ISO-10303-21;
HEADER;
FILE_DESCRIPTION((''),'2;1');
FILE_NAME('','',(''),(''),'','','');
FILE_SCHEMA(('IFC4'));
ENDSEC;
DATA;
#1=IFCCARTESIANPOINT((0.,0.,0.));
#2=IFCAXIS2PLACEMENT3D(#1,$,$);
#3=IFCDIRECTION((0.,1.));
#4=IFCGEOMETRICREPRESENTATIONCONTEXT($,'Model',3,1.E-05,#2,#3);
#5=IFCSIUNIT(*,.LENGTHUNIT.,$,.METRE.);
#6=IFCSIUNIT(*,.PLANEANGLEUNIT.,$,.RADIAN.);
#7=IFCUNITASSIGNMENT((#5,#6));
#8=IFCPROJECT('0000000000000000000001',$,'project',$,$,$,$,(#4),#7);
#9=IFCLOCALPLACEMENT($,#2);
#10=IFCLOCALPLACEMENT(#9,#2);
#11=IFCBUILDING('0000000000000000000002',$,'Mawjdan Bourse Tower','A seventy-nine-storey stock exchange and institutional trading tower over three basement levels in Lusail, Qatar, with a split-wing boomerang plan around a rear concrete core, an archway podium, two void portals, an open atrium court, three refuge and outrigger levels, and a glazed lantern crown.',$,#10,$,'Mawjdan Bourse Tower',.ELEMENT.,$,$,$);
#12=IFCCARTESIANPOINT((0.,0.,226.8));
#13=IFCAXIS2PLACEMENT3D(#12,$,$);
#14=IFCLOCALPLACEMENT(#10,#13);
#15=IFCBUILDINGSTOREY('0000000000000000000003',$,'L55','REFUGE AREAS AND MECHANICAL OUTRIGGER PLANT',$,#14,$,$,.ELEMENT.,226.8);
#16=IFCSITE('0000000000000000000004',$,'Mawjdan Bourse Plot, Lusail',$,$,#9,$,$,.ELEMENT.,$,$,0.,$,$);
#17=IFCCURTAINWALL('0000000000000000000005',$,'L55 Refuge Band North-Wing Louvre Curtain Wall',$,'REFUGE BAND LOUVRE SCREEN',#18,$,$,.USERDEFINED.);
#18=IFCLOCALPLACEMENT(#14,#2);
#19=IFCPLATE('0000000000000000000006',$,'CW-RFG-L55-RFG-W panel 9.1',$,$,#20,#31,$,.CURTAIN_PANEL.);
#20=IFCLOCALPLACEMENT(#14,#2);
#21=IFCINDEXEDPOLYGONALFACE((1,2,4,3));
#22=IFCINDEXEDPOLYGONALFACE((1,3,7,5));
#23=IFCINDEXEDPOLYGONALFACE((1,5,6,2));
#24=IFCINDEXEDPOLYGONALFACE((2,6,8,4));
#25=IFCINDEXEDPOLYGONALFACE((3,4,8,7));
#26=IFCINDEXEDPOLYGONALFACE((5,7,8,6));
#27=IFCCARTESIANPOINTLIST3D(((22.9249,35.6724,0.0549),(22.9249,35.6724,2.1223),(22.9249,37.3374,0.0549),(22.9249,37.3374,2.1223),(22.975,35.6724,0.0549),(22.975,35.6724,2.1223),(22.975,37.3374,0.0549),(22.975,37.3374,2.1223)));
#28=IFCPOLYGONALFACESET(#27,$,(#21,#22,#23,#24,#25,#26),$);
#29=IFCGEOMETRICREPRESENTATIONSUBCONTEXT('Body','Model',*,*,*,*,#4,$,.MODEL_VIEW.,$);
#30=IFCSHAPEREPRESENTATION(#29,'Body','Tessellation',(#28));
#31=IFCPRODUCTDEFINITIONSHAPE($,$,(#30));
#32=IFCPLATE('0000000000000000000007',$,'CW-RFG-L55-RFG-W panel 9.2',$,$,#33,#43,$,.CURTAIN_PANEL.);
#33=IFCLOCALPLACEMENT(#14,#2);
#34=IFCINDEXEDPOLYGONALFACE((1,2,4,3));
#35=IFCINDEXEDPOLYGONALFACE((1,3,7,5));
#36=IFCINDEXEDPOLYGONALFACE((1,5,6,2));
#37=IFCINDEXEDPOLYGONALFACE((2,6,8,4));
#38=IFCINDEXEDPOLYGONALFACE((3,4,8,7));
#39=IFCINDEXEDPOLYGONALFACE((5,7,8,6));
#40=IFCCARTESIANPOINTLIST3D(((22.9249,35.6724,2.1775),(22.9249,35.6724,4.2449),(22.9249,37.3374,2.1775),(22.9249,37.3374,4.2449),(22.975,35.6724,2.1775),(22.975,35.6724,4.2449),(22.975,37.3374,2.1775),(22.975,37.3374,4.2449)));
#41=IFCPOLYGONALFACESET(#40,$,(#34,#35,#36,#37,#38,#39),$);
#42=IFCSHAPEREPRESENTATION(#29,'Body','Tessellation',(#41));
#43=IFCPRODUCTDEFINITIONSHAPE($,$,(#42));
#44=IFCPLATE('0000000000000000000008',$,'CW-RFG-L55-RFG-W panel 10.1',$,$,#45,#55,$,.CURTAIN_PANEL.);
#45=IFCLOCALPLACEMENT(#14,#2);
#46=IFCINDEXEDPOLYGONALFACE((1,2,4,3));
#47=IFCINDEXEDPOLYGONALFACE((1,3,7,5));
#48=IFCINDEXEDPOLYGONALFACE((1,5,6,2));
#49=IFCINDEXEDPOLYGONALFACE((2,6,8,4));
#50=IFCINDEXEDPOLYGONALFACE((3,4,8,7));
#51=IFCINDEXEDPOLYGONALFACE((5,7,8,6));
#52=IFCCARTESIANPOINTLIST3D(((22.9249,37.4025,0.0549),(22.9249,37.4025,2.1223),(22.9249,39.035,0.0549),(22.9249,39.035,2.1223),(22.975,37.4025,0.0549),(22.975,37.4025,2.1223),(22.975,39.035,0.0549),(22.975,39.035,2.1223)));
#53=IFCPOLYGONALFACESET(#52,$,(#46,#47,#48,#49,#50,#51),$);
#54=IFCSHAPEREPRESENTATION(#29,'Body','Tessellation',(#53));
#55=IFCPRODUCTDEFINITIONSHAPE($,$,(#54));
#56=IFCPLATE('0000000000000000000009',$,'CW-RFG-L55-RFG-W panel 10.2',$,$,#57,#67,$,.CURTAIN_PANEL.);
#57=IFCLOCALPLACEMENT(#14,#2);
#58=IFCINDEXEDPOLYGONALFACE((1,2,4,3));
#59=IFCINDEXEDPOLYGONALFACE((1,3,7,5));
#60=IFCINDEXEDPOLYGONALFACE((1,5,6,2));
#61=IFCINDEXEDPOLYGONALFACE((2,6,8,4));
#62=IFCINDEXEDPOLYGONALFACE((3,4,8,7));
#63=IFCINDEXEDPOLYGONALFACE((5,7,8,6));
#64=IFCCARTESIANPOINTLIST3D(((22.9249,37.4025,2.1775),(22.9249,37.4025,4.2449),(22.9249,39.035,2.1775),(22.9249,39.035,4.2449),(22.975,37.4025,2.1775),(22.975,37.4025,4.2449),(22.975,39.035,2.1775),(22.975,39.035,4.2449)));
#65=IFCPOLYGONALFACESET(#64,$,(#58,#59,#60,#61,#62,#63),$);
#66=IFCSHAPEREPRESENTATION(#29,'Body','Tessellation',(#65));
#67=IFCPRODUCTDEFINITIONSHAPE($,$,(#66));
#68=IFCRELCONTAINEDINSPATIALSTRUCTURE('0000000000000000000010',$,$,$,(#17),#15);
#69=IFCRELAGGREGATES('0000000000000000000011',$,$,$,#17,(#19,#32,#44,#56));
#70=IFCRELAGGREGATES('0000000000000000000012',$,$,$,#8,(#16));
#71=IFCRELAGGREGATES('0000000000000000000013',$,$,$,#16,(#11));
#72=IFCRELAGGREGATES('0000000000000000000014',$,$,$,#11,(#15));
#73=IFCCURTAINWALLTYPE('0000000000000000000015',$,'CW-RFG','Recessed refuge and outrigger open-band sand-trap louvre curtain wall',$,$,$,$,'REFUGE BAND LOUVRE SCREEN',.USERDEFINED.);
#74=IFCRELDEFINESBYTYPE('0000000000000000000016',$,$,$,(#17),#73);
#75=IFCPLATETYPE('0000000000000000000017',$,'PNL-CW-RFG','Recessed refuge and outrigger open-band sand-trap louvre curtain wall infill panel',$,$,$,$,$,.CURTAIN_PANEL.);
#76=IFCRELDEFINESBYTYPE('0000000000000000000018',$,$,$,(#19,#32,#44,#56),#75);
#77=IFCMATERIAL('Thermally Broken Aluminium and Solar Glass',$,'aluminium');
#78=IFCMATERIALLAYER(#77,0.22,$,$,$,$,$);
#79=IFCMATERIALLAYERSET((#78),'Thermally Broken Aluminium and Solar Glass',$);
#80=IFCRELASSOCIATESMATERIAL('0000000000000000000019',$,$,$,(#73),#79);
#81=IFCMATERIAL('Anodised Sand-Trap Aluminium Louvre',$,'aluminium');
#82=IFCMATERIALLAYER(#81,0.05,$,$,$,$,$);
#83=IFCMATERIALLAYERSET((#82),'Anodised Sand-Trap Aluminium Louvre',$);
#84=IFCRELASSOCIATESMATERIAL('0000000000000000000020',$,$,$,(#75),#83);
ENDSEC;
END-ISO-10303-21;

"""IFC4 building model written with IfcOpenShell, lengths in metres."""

from ifc_helpers import new_model, si_unit, direction, frame, origin, origin_2d, place, context, subcontext, project, spatial, rectangle, extrude, material, layer, layer_set, type_object, element, aggregate, save


model = new_model("IFC4")

# Units and contexts
model_context = context("Model", 3, precision=1e-05, world=origin(), true_north=direction((0.0, 1.0)))
body_context = subcontext(model_context, "Body", "Model", "MODEL_VIEW")
ifc_project = project(units=[si_unit("LENGTHUNIT", "METRE"), si_unit("PLANEANGLEUNIT", "RADIAN")], contexts=[model_context])

# Site, building, storey
site_placement = place(None, origin())
site = spatial("IfcSite", under=ifc_project, at=site_placement, Name="Mawjdan Bourse Plot, Lusail", CompositionType="ELEMENT", RefElevation=0.0)
building_placement = place(site_placement, origin())
building = spatial("IfcBuilding", under=site, at=building_placement, Name="Mawjdan Bourse Tower", Description="A seventy-nine-storey stock exchange and institutional trading tower over three basement levels in Lusail, Qatar, with a split-wing boomerang plan around a rear concrete core, an archway podium, two void portals, an open atrium court, three refuge and outrigger levels, and a glazed lantern crown.", LongName="Mawjdan Bourse Tower", CompositionType="ELEMENT")
storey_placement = place(building_placement, frame((0.0, 0.0, 226.8)))
storey = spatial("IfcBuildingStorey", under=building, at=storey_placement, Name="L55", Description="REFUGE AREAS AND MECHANICAL OUTRIGGER PLANT", CompositionType="ELEMENT", Elevation=226.8)

# Curtain wall
ifc_material_1 = material(Name="Thermally Broken Aluminium and Solar Glass", Category="aluminium")
ifc_layer_1 = layer(ifc_material_1, 0.22)
ifc_layer_set_1 = layer_set([ifc_layer_1], Name="Thermally Broken Aluminium and Solar Glass")
curtain_wall_type = type_object("IfcCurtainWallType", Name="CW-RFG", Description="Recessed refuge and outrigger open-band sand-trap louvre curtain wall", ElementType="REFUGE BAND LOUVRE SCREEN", PredefinedType="USERDEFINED", material=ifc_layer_set_1)
curtain_wall_placement = place(storey_placement, origin())
curtain_wall = element("IfcCurtainWall", 1, at=curtain_wall_placement, inside=storey, type_object=curtain_wall_type, Name="L55 Refuge Band North-Wing Louvre Curtain Wall", ObjectType="REFUGE BAND LOUVRE SCREEN", PredefinedType="USERDEFINED")

# Plates
ifc_material_2 = material(Name="Anodised Sand-Trap Aluminium Louvre", Category="aluminium")
ifc_layer_2 = layer(ifc_material_2, 0.05)
ifc_layer_set_2 = layer_set([ifc_layer_2], Name="Anodised Sand-Trap Aluminium Louvre")
plate_type = type_object("IfcPlateType", Name="PNL-CW-RFG", Description="Recessed refuge and outrigger open-band sand-trap louvre curtain wall infill panel", PredefinedType="CURTAIN_PANEL", material=ifc_layer_set_2)
plate_1_placement = place(storey_placement, frame((22.95, 36.5049, 0.0549), z_axis=(0.0, 0.0, 1.0), x_axis=(0.0, 1.0, 0.0)))
plate_1 = element("IfcPlate", 2, at=plate_1_placement, type_object=plate_type, Name="CW-RFG-L55-RFG-W panel 9.1", PredefinedType="CURTAIN_PANEL", context=body_context, shape_type="SweptSolid", body=[
    extrude(rectangle(XDim=1.665, YDim=0.05, at=origin_2d()), origin(), (0.0, 0.0, 1.0), 2.0674),
])
plate_2_placement = place(storey_placement, frame((22.95, 36.5049, 2.1775), z_axis=(0.0, 0.0, 1.0), x_axis=(0.0, 1.0, 0.0)))
plate_2 = element("IfcPlate", 3, at=plate_2_placement, type_object=plate_type, Name="CW-RFG-L55-RFG-W panel 9.2", PredefinedType="CURTAIN_PANEL", context=body_context, shape_type="SweptSolid", body=[
    extrude(rectangle(XDim=1.665, YDim=0.05, at=origin_2d()), origin(), (0.0, 0.0, 1.0), 2.0674),
])
plate_3_placement = place(storey_placement, frame((22.95, 38.2188, 0.0549), z_axis=(0.0, 0.0, 1.0), x_axis=(0.0, 1.0, 0.0)))
plate_3 = element("IfcPlate", 4, at=plate_3_placement, type_object=plate_type, Name="CW-RFG-L55-RFG-W panel 10.1", PredefinedType="CURTAIN_PANEL", context=body_context, shape_type="SweptSolid", body=[
    extrude(rectangle(XDim=1.6326, YDim=0.05, at=origin_2d()), origin(), (0.0, 0.0, 1.0), 2.0674),
])
plate_4_placement = place(storey_placement, frame((22.95, 38.2188, 2.1775), z_axis=(0.0, 0.0, 1.0), x_axis=(0.0, 1.0, 0.0)))
plate_4 = element("IfcPlate", 5, at=plate_4_placement, type_object=plate_type, Name="CW-RFG-L55-RFG-W panel 10.2", PredefinedType="CURTAIN_PANEL", context=body_context, shape_type="SweptSolid", body=[
    extrude(rectangle(XDim=1.6326, YDim=0.05, at=origin_2d()), origin(), (0.0, 0.0, 1.0), 2.0674),
])
aggregate(curtain_wall, [plate_1, plate_2, plate_3, plate_4])

save(model, "model.ifc")
